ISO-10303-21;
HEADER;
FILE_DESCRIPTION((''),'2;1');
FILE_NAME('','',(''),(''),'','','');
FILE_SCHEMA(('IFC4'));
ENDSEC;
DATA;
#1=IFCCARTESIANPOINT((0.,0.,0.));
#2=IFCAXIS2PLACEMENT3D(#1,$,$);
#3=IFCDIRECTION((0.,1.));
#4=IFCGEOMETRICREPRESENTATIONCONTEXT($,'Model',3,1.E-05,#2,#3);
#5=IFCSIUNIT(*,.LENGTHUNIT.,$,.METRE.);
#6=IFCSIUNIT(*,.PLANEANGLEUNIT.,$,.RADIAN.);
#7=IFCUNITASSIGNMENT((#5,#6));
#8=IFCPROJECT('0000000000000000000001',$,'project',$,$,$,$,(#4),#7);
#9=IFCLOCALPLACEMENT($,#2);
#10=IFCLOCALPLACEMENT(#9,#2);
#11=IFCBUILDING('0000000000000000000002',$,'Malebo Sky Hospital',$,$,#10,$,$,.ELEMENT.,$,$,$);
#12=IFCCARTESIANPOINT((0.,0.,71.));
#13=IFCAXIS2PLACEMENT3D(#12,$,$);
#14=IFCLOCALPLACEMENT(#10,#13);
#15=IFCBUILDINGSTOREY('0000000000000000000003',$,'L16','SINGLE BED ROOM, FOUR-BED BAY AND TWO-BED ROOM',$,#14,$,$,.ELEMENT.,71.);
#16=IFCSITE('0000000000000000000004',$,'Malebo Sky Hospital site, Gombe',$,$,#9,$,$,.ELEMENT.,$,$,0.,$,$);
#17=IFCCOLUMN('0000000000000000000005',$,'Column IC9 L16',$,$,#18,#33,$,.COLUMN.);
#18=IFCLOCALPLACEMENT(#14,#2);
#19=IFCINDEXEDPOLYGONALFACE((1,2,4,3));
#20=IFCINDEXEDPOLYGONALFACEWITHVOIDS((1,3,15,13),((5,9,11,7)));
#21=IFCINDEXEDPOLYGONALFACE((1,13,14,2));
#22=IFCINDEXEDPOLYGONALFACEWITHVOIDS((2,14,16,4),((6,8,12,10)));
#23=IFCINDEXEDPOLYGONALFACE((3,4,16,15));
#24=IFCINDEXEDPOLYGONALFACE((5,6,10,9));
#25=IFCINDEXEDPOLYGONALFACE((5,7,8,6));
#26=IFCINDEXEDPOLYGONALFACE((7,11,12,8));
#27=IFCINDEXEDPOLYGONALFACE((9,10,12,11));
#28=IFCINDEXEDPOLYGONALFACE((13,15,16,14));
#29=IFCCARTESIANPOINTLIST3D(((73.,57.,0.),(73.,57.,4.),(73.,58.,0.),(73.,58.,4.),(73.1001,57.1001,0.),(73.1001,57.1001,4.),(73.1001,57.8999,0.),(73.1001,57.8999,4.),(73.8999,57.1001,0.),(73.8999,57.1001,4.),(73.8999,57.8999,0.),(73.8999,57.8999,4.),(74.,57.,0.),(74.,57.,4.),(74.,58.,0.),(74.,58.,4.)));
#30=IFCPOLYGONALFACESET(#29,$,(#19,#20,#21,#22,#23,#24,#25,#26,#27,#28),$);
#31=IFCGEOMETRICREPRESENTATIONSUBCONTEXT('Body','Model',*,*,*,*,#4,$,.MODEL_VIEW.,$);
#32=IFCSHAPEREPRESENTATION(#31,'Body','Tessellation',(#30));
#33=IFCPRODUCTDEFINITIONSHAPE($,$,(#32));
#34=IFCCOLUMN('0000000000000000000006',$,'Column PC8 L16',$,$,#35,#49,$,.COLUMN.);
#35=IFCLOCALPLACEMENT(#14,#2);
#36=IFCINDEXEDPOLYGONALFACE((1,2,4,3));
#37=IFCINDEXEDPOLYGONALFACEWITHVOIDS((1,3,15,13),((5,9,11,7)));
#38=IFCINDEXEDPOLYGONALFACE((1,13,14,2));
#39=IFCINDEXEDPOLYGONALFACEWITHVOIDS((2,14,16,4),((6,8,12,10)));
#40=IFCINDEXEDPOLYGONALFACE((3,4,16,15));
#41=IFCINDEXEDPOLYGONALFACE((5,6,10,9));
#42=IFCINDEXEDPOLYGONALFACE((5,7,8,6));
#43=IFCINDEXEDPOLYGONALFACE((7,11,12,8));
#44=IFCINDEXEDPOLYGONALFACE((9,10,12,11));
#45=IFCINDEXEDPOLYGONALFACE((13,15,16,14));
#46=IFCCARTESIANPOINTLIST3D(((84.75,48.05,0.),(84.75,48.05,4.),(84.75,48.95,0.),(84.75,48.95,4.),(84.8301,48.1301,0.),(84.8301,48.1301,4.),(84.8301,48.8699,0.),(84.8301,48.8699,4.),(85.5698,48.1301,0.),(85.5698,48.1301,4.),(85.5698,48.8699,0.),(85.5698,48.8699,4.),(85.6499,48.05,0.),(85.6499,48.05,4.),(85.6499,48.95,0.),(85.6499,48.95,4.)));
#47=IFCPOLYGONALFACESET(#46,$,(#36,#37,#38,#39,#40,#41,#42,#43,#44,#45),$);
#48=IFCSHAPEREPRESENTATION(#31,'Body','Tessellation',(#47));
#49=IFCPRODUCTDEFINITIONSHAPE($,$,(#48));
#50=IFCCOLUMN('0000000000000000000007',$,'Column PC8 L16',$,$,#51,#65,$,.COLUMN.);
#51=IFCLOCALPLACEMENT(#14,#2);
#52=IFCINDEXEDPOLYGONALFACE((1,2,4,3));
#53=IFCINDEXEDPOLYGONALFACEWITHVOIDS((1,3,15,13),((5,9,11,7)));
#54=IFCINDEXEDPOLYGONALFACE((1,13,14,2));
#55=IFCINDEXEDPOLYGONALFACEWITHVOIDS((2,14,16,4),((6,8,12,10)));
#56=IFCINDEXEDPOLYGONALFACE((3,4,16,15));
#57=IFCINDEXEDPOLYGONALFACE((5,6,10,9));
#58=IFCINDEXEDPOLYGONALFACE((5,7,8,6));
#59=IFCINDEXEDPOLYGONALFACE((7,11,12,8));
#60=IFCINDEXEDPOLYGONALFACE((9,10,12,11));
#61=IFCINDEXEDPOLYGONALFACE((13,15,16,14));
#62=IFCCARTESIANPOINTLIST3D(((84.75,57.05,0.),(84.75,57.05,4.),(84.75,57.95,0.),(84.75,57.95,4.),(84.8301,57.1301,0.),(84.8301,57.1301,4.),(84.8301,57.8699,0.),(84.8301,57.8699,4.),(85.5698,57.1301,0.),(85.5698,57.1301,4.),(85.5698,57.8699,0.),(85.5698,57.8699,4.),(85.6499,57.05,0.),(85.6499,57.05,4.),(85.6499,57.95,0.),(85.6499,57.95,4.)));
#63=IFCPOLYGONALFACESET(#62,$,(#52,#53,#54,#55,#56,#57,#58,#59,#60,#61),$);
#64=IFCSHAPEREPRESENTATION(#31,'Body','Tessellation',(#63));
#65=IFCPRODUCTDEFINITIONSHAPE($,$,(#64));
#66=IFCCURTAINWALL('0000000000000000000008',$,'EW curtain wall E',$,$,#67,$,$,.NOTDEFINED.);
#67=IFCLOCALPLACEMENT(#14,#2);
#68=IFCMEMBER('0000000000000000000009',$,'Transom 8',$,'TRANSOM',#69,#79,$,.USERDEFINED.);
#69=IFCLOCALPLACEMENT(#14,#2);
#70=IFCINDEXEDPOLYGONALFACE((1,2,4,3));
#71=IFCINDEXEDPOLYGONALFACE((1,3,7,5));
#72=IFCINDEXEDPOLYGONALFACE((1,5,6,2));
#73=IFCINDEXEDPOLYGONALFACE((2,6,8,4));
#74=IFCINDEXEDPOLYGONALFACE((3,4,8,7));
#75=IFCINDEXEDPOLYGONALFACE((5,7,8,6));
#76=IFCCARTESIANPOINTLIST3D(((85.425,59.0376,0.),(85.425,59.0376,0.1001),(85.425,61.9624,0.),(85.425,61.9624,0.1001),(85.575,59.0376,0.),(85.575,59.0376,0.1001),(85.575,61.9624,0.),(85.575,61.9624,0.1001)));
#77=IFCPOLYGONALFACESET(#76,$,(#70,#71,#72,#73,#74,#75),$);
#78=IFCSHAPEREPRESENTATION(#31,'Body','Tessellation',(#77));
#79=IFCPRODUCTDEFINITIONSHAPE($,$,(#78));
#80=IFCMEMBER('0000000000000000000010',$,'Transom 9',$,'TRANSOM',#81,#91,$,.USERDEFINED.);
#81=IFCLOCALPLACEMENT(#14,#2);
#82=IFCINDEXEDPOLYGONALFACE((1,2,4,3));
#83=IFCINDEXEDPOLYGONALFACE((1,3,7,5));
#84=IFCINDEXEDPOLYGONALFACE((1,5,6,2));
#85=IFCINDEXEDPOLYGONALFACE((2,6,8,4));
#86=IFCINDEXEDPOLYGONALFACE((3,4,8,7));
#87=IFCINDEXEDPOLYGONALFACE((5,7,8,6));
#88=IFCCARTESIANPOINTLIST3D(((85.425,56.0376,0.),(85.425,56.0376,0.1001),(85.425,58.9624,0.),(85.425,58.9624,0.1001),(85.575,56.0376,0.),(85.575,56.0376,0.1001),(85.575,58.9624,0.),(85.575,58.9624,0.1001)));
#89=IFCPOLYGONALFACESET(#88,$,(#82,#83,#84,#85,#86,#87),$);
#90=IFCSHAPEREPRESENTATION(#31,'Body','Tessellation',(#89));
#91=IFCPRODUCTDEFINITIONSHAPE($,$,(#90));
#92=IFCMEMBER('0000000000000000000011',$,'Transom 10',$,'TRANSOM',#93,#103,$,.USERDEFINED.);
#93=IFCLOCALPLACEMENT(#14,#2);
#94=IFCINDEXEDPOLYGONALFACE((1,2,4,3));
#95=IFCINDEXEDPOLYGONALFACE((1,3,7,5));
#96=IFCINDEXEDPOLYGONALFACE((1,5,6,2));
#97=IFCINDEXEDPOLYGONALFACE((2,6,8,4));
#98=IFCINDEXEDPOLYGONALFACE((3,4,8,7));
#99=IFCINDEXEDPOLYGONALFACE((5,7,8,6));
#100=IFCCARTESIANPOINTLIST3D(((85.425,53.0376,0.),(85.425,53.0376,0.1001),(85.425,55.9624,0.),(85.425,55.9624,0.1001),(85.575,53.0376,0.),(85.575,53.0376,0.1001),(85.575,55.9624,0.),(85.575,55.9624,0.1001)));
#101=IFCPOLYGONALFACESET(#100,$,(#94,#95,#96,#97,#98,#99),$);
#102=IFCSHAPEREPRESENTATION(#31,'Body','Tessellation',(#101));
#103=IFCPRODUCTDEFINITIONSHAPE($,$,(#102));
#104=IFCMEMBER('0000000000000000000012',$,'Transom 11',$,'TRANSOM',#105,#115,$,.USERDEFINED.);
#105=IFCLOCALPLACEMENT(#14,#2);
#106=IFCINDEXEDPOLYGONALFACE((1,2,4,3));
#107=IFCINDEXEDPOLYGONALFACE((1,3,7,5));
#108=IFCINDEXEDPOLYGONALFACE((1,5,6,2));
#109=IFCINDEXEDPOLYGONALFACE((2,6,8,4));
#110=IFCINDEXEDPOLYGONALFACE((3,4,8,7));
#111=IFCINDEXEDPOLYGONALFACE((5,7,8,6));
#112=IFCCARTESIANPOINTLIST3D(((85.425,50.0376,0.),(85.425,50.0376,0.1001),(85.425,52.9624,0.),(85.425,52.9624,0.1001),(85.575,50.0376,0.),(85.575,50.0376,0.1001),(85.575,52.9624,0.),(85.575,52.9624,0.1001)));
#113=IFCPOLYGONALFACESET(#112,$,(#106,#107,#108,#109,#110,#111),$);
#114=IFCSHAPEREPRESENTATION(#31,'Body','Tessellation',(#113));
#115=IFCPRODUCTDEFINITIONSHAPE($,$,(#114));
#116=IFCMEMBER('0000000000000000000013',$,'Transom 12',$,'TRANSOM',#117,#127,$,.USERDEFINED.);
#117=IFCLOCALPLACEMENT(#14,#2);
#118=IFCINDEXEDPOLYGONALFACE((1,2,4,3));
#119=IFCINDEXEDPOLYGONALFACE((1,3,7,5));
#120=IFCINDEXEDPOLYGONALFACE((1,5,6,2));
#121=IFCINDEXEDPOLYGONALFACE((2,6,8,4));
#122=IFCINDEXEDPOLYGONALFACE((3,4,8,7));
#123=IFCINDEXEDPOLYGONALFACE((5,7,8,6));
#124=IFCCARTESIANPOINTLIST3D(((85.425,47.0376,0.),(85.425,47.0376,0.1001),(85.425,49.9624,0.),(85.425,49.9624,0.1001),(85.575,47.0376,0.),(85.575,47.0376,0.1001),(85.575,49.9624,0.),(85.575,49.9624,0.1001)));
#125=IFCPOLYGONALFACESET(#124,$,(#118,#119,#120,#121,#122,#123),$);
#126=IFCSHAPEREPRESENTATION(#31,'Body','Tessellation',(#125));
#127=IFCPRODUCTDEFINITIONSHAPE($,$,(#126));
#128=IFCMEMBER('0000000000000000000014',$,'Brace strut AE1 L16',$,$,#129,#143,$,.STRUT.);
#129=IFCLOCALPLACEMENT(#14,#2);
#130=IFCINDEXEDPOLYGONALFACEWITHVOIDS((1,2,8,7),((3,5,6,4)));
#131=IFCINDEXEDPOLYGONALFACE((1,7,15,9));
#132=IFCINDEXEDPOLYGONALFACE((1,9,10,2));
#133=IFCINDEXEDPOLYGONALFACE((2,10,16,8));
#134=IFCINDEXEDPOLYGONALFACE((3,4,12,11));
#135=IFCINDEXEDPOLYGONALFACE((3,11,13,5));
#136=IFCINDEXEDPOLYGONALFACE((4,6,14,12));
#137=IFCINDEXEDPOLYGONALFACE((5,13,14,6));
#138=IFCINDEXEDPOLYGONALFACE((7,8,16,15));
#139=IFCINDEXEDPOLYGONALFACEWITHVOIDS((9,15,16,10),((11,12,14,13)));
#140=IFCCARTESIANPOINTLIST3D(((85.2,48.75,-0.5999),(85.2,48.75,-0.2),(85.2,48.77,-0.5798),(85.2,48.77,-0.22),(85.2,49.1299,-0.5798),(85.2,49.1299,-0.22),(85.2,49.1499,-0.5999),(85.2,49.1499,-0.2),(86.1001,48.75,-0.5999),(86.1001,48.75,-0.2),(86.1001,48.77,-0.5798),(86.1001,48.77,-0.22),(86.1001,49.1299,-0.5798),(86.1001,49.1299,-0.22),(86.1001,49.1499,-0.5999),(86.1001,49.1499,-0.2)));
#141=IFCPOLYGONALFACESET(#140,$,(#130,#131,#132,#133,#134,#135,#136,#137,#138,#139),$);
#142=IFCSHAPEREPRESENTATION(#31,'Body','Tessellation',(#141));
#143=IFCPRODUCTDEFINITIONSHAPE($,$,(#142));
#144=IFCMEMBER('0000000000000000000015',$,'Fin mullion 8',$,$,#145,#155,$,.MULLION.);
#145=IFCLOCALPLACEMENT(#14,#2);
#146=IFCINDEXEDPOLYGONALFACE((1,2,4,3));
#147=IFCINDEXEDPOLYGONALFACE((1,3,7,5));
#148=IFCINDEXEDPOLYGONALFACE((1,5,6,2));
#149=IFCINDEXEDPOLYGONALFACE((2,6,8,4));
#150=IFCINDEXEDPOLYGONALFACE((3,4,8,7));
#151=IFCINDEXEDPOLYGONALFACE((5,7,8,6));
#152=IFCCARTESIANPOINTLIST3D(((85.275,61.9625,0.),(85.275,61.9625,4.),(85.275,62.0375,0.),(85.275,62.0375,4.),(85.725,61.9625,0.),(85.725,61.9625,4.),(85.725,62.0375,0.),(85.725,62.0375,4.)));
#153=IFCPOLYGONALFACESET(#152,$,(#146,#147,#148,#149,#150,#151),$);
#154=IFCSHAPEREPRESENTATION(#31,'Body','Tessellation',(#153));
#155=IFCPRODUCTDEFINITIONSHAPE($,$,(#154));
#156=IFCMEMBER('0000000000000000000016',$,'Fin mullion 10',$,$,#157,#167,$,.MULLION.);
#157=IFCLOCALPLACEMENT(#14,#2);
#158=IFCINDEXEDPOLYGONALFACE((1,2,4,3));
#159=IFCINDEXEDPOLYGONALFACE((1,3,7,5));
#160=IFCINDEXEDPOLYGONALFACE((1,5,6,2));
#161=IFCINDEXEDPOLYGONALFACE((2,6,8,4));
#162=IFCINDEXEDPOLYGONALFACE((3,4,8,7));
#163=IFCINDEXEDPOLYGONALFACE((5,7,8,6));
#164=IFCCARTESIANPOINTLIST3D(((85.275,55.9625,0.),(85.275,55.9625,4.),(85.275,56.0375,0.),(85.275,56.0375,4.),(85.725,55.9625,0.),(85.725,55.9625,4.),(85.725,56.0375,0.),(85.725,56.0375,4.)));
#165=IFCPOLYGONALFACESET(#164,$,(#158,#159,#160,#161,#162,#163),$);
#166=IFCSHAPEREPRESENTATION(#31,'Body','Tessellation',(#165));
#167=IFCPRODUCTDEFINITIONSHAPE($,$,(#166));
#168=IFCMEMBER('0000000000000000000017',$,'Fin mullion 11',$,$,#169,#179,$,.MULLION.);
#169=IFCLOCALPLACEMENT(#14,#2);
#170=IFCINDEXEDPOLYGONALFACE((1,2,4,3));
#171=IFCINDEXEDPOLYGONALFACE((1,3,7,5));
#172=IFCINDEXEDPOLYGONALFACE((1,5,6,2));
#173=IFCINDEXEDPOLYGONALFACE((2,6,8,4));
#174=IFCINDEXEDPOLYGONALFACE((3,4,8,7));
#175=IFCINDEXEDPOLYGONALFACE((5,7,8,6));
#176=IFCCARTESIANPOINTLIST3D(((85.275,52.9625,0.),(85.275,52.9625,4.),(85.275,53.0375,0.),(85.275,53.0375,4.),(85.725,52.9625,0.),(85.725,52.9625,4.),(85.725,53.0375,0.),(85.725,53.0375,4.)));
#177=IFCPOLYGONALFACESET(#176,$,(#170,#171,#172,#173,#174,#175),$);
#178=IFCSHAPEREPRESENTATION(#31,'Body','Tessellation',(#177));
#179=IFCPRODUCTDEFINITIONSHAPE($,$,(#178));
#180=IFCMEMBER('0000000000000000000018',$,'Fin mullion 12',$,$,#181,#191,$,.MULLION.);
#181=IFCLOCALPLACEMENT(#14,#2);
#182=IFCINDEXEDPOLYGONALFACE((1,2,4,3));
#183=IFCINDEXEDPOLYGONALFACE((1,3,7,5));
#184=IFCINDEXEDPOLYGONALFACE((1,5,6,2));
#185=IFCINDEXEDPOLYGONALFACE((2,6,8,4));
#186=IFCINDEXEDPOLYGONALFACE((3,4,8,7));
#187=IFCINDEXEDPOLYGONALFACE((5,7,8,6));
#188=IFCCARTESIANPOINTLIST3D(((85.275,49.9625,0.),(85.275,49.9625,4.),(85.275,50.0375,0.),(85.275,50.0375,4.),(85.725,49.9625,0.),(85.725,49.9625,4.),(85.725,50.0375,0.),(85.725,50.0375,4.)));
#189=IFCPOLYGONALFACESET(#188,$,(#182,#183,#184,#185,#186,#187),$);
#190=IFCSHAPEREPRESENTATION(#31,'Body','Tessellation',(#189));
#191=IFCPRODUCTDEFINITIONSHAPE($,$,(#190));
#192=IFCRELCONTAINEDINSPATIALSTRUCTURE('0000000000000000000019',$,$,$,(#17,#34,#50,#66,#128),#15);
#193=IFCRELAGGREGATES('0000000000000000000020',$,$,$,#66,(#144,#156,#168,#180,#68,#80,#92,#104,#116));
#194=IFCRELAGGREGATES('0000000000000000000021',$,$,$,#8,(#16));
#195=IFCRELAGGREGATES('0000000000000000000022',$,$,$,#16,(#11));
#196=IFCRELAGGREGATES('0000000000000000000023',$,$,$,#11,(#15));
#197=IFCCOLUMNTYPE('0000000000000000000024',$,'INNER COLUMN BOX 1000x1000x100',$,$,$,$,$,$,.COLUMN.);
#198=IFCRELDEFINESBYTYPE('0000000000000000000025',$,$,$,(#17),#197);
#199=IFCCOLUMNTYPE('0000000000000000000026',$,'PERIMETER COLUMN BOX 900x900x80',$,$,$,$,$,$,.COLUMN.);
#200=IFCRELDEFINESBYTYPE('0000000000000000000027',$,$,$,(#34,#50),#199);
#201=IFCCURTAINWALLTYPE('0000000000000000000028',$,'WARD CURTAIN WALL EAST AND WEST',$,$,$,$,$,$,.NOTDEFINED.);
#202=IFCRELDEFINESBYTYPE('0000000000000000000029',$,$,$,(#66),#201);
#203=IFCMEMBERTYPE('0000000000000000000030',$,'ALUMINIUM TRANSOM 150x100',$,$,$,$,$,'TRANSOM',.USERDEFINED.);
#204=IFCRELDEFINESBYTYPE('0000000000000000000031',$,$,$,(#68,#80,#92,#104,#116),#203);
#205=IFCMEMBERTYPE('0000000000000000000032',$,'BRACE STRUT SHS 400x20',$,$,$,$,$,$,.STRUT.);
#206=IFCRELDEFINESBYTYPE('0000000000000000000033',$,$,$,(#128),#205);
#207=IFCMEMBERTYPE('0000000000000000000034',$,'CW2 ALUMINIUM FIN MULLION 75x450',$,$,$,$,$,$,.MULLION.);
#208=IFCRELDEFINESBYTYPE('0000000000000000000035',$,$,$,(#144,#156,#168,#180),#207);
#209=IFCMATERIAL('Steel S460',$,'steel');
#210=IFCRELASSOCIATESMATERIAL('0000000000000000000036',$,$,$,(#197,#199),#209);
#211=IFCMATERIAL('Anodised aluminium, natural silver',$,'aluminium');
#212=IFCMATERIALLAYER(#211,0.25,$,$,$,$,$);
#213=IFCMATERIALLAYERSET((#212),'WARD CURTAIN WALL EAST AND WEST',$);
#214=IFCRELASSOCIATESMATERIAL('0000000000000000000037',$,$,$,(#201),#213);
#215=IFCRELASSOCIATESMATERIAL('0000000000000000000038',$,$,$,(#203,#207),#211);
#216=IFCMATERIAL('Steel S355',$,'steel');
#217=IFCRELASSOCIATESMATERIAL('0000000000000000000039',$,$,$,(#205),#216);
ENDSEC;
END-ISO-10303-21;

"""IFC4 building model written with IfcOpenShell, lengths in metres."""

from ifc_helpers import new_model, si_unit, direction, frame, origin, origin_2d, place, context, subcontext, project, spatial, rectangle, hollow_rectangle, extrude, material, layer, layer_set, material_profile, profile_set, type_object, element, aggregate, save


model = new_model("IFC4")

# Units and contexts
model_context = context("Model", 3, precision=1e-05, world=origin(), true_north=direction((0.0, 1.0)))
body_context = subcontext(model_context, "Body", "Model", "MODEL_VIEW")
ifc_project = project(units=[si_unit("LENGTHUNIT", "METRE"), si_unit("PLANEANGLEUNIT", "RADIAN")], contexts=[model_context])

# Site, building, storey
site_placement = place(None, origin())
site = spatial("IfcSite", under=ifc_project, at=site_placement, Name="Malebo Sky Hospital site, Gombe", CompositionType="ELEMENT", RefElevation=0.0)
building_placement = place(site_placement, origin())
building = spatial("IfcBuilding", under=site, at=building_placement, Name="Malebo Sky Hospital", CompositionType="ELEMENT")
storey_placement = place(building_placement, frame((0.0, 0.0, 71.0)))
storey = spatial("IfcBuildingStorey", under=building, at=storey_placement, Name="L16", Description="SINGLE BED ROOM, FOUR-BED BAY AND TWO-BED ROOM", CompositionType="ELEMENT", Elevation=71.0)

# Columns
ifc_material_1 = material(Name="Steel S460", Category="steel")
ifc_material_profile_1 = material_profile(ifc_material_1, hollow_rectangle(XDim=1.0, YDim=1.0, WallThickness=0.1001, at=origin_2d()), Name="BOX 1000x1000x100")
ifc_profile_set_1 = profile_set([ifc_material_profile_1], Name="Steel S460")
column_type_1 = type_object("IfcColumnType", Name="INNER COLUMN BOX 1000x1000x100", PredefinedType="COLUMN", material=ifc_profile_set_1)
column_placement = place(storey_placement, frame((73.5, 57.5, 0.0), z_axis=(0.0, 0.0, 1.0), x_axis=(1.0, 0.0, 0.0)))
element("IfcColumn", 1, at=column_placement, inside=storey, type_object=column_type_1, Name="Column IC9 L16", PredefinedType="COLUMN", context=body_context, shape_type="SweptSolid", body=[
    extrude(hollow_rectangle(XDim=1.0, YDim=1.0, WallThickness=0.1001, at=origin_2d()), origin(), (0.0, 0.0, 1.0), 4.0),
])
ifc_material_profile_2 = material_profile(ifc_material_1, hollow_rectangle(XDim=0.8999, YDim=0.8999, WallThickness=0.0801, at=origin_2d()), Name="BOX 900x900x80")
ifc_profile_set_2 = profile_set([ifc_material_profile_2], Name="Steel S460")
column_type_2 = type_object("IfcColumnType", Name="PERIMETER COLUMN BOX 900x900x80", PredefinedType="COLUMN", material=ifc_profile_set_2)
for number, where, z_axis, x_axis, name in (
    (2, (85.2, 48.5, 0.0), (0.0, 0.0, 1.0), (1.0, 0.0, 0.0), "Column PC8 L16"),
    (3, (85.2, 57.5, 0.0), (0.0, 0.0, 1.0), (1.0, 0.0, 0.0), "Column PC8 L16"),
):
    element("IfcColumn", number, at=place(storey_placement, frame(where, z_axis=z_axis, x_axis=x_axis)), inside=storey, type_object=column_type_2, Name=name, PredefinedType="COLUMN", context=body_context, shape_type="SweptSolid", body=[
        extrude(hollow_rectangle(XDim=0.8999, YDim=0.8999, WallThickness=0.0801, at=origin_2d()), origin(), (0.0, 0.0, 1.0), 4.0),
    ])

# Curtain wall, members
ifc_material_2 = material(Name="Anodised aluminium, natural silver", Category="aluminium")
ifc_layer_1 = layer(ifc_material_2, 0.25)
ifc_layer_set_1 = layer_set([ifc_layer_1], Name="WARD CURTAIN WALL EAST AND WEST")
curtain_wall_type = type_object("IfcCurtainWallType", Name="WARD CURTAIN WALL EAST AND WEST", PredefinedType="NOTDEFINED", material=ifc_layer_set_1)
curtain_wall_placement = place(storey_placement, origin())
curtain_wall = element("IfcCurtainWall", 4, at=curtain_wall_placement, inside=storey, type_object=curtain_wall_type, Name="EW curtain wall E", PredefinedType="NOTDEFINED")
ifc_material_profile_3 = material_profile(ifc_material_2, rectangle(XDim=0.1499, YDim=0.1001, at=origin_2d()), Name="ALUMINIUM TRANSOM 150x100")
ifc_profile_set_3 = profile_set([ifc_material_profile_3], Name="Anodised aluminium, natural silver")
member_type_1 = type_object("IfcMemberType", Name="ALUMINIUM TRANSOM 150x100", ElementType="TRANSOM", PredefinedType="USERDEFINED", material=ifc_profile_set_3)
member_1_placement = place(storey_placement, frame((85.5, 61.9624, 0.05), z_axis=(0.0, -1.0, 0.0), x_axis=(1.0, 0.0, 0.0)))
member_1 = element("IfcMember", 5, at=member_1_placement, type_object=member_type_1, Name="Transom 8", ObjectType="TRANSOM", PredefinedType="USERDEFINED", context=body_context, shape_type="SweptSolid", body=[
    extrude(rectangle(XDim=0.1499, YDim=0.1001, at=origin_2d()), origin(), (0.0, 0.0, 1.0), 2.9248),
])
member_2_placement = place(storey_placement, frame((85.5, 58.9624, 0.05), z_axis=(0.0, -1.0, 0.0), x_axis=(1.0, 0.0, 0.0)))
member_2 = element("IfcMember", 6, at=member_2_placement, type_object=member_type_1, Name="Transom 9", ObjectType="TRANSOM", PredefinedType="USERDEFINED", context=body_context, shape_type="SweptSolid", body=[
    extrude(rectangle(XDim=0.1499, YDim=0.1001, at=origin_2d()), origin(), (0.0, 0.0, 1.0), 2.9248),
])
member_3_placement = place(storey_placement, frame((85.5, 55.9624, 0.05), z_axis=(0.0, -1.0, 0.0), x_axis=(1.0, 0.0, 0.0)))
member_3 = element("IfcMember", 7, at=member_3_placement, type_object=member_type_1, Name="Transom 10", ObjectType="TRANSOM", PredefinedType="USERDEFINED", context=body_context, shape_type="SweptSolid", body=[
    extrude(rectangle(XDim=0.1499, YDim=0.1001, at=origin_2d()), origin(), (0.0, 0.0, 1.0), 2.9248),
])
member_4_placement = place(storey_placement, frame((85.5, 52.9624, 0.05), z_axis=(0.0, -1.0, 0.0), x_axis=(1.0, 0.0, 0.0)))
member_4 = element("IfcMember", 8, at=member_4_placement, type_object=member_type_1, Name="Transom 11", ObjectType="TRANSOM", PredefinedType="USERDEFINED", context=body_context, shape_type="SweptSolid", body=[
    extrude(rectangle(XDim=0.1499, YDim=0.1001, at=origin_2d()), origin(), (0.0, 0.0, 1.0), 2.9248),
])
member_5_placement = place(storey_placement, frame((85.5, 49.9624, 0.05), z_axis=(0.0, -1.0, 0.0), x_axis=(1.0, 0.0, 0.0)))
member_5 = element("IfcMember", 9, at=member_5_placement, type_object=member_type_1, Name="Transom 12", ObjectType="TRANSOM", PredefinedType="USERDEFINED", context=body_context, shape_type="SweptSolid", body=[
    extrude(rectangle(XDim=0.1499, YDim=0.1001, at=origin_2d()), origin(), (0.0, 0.0, 1.0), 2.9248),
])

# Members
ifc_material_3 = material(Name="Steel S355", Category="steel")
ifc_material_profile_4 = material_profile(ifc_material_3, hollow_rectangle(XDim=0.3999, YDim=0.3999, WallThickness=0.02, at=origin_2d()), Name="SHS 400x20")
ifc_profile_set_4 = profile_set([ifc_material_profile_4], Name="Steel S355")
member_type_2 = type_object("IfcMemberType", Name="BRACE STRUT SHS 400x20", PredefinedType="STRUT", material=ifc_profile_set_4)
member_6_placement = place(storey_placement, frame((86.1001, 48.95, -0.3999), z_axis=(-1.0, 0.0, 0.0), x_axis=(0.0, -1.0, 0.0)))
element("IfcMember", 10, at=member_6_placement, inside=storey, type_object=member_type_2, Name="Brace strut AE1 L16", PredefinedType="STRUT", context=body_context, shape_type="SweptSolid", body=[
    extrude(hollow_rectangle(XDim=0.3999, YDim=0.3999, WallThickness=0.02, at=origin_2d()), origin(), (0.0, 0.0, 1.0), 0.9001),
])
ifc_material_profile_5 = material_profile(ifc_material_2, rectangle(XDim=0.075, YDim=0.45, at=origin_2d()), Name="CW2 ALUMINIUM FIN MULLION 75x450")
ifc_profile_set_5 = profile_set([ifc_material_profile_5], Name="Anodised aluminium, natural silver")
member_type_3 = type_object("IfcMemberType", Name="CW2 ALUMINIUM FIN MULLION 75x450", PredefinedType="MULLION", material=ifc_profile_set_5)
member_7_placement = place(storey_placement, frame((85.5, 62.0, 0.0), z_axis=(0.0, 0.0, 1.0), x_axis=(0.0, -1.0, 0.0)))
member_7 = element("IfcMember", 11, at=member_7_placement, type_object=member_type_3, Name="Fin mullion 8", PredefinedType="MULLION", context=body_context, shape_type="SweptSolid", body=[
    extrude(rectangle(XDim=0.075, YDim=0.45, at=origin_2d()), origin(), (0.0, 0.0, 1.0), 4.0),
])
member_8_placement = place(storey_placement, frame((85.5, 56.0, 0.0), z_axis=(0.0, 0.0, 1.0), x_axis=(0.0, -1.0, 0.0)))
member_8 = element("IfcMember", 12, at=member_8_placement, type_object=member_type_3, Name="Fin mullion 10", PredefinedType="MULLION", context=body_context, shape_type="SweptSolid", body=[
    extrude(rectangle(XDim=0.075, YDim=0.45, at=origin_2d()), origin(), (0.0, 0.0, 1.0), 4.0),
])
member_9_placement = place(storey_placement, frame((85.5, 53.0, 0.0), z_axis=(0.0, 0.0, 1.0), x_axis=(0.0, -1.0, 0.0)))
member_9 = element("IfcMember", 13, at=member_9_placement, type_object=member_type_3, Name="Fin mullion 11", PredefinedType="MULLION", context=body_context, shape_type="SweptSolid", body=[
    extrude(rectangle(XDim=0.075, YDim=0.45, at=origin_2d()), origin(), (0.0, 0.0, 1.0), 4.0),
])
member_10_placement = place(storey_placement, frame((85.5, 50.0, 0.0), z_axis=(0.0, 0.0, 1.0), x_axis=(0.0, -1.0, 0.0)))
member_10 = element("IfcMember", 14, at=member_10_placement, type_object=member_type_3, Name="Fin mullion 12", PredefinedType="MULLION", context=body_context, shape_type="SweptSolid", body=[
    extrude(rectangle(XDim=0.075, YDim=0.45, at=origin_2d()), origin(), (0.0, 0.0, 1.0), 4.0),
])

aggregate(curtain_wall, [member_7, member_8, member_9, member_10, member_1, member_2, member_3, member_4, member_5])

save(model, "model.ifc")
